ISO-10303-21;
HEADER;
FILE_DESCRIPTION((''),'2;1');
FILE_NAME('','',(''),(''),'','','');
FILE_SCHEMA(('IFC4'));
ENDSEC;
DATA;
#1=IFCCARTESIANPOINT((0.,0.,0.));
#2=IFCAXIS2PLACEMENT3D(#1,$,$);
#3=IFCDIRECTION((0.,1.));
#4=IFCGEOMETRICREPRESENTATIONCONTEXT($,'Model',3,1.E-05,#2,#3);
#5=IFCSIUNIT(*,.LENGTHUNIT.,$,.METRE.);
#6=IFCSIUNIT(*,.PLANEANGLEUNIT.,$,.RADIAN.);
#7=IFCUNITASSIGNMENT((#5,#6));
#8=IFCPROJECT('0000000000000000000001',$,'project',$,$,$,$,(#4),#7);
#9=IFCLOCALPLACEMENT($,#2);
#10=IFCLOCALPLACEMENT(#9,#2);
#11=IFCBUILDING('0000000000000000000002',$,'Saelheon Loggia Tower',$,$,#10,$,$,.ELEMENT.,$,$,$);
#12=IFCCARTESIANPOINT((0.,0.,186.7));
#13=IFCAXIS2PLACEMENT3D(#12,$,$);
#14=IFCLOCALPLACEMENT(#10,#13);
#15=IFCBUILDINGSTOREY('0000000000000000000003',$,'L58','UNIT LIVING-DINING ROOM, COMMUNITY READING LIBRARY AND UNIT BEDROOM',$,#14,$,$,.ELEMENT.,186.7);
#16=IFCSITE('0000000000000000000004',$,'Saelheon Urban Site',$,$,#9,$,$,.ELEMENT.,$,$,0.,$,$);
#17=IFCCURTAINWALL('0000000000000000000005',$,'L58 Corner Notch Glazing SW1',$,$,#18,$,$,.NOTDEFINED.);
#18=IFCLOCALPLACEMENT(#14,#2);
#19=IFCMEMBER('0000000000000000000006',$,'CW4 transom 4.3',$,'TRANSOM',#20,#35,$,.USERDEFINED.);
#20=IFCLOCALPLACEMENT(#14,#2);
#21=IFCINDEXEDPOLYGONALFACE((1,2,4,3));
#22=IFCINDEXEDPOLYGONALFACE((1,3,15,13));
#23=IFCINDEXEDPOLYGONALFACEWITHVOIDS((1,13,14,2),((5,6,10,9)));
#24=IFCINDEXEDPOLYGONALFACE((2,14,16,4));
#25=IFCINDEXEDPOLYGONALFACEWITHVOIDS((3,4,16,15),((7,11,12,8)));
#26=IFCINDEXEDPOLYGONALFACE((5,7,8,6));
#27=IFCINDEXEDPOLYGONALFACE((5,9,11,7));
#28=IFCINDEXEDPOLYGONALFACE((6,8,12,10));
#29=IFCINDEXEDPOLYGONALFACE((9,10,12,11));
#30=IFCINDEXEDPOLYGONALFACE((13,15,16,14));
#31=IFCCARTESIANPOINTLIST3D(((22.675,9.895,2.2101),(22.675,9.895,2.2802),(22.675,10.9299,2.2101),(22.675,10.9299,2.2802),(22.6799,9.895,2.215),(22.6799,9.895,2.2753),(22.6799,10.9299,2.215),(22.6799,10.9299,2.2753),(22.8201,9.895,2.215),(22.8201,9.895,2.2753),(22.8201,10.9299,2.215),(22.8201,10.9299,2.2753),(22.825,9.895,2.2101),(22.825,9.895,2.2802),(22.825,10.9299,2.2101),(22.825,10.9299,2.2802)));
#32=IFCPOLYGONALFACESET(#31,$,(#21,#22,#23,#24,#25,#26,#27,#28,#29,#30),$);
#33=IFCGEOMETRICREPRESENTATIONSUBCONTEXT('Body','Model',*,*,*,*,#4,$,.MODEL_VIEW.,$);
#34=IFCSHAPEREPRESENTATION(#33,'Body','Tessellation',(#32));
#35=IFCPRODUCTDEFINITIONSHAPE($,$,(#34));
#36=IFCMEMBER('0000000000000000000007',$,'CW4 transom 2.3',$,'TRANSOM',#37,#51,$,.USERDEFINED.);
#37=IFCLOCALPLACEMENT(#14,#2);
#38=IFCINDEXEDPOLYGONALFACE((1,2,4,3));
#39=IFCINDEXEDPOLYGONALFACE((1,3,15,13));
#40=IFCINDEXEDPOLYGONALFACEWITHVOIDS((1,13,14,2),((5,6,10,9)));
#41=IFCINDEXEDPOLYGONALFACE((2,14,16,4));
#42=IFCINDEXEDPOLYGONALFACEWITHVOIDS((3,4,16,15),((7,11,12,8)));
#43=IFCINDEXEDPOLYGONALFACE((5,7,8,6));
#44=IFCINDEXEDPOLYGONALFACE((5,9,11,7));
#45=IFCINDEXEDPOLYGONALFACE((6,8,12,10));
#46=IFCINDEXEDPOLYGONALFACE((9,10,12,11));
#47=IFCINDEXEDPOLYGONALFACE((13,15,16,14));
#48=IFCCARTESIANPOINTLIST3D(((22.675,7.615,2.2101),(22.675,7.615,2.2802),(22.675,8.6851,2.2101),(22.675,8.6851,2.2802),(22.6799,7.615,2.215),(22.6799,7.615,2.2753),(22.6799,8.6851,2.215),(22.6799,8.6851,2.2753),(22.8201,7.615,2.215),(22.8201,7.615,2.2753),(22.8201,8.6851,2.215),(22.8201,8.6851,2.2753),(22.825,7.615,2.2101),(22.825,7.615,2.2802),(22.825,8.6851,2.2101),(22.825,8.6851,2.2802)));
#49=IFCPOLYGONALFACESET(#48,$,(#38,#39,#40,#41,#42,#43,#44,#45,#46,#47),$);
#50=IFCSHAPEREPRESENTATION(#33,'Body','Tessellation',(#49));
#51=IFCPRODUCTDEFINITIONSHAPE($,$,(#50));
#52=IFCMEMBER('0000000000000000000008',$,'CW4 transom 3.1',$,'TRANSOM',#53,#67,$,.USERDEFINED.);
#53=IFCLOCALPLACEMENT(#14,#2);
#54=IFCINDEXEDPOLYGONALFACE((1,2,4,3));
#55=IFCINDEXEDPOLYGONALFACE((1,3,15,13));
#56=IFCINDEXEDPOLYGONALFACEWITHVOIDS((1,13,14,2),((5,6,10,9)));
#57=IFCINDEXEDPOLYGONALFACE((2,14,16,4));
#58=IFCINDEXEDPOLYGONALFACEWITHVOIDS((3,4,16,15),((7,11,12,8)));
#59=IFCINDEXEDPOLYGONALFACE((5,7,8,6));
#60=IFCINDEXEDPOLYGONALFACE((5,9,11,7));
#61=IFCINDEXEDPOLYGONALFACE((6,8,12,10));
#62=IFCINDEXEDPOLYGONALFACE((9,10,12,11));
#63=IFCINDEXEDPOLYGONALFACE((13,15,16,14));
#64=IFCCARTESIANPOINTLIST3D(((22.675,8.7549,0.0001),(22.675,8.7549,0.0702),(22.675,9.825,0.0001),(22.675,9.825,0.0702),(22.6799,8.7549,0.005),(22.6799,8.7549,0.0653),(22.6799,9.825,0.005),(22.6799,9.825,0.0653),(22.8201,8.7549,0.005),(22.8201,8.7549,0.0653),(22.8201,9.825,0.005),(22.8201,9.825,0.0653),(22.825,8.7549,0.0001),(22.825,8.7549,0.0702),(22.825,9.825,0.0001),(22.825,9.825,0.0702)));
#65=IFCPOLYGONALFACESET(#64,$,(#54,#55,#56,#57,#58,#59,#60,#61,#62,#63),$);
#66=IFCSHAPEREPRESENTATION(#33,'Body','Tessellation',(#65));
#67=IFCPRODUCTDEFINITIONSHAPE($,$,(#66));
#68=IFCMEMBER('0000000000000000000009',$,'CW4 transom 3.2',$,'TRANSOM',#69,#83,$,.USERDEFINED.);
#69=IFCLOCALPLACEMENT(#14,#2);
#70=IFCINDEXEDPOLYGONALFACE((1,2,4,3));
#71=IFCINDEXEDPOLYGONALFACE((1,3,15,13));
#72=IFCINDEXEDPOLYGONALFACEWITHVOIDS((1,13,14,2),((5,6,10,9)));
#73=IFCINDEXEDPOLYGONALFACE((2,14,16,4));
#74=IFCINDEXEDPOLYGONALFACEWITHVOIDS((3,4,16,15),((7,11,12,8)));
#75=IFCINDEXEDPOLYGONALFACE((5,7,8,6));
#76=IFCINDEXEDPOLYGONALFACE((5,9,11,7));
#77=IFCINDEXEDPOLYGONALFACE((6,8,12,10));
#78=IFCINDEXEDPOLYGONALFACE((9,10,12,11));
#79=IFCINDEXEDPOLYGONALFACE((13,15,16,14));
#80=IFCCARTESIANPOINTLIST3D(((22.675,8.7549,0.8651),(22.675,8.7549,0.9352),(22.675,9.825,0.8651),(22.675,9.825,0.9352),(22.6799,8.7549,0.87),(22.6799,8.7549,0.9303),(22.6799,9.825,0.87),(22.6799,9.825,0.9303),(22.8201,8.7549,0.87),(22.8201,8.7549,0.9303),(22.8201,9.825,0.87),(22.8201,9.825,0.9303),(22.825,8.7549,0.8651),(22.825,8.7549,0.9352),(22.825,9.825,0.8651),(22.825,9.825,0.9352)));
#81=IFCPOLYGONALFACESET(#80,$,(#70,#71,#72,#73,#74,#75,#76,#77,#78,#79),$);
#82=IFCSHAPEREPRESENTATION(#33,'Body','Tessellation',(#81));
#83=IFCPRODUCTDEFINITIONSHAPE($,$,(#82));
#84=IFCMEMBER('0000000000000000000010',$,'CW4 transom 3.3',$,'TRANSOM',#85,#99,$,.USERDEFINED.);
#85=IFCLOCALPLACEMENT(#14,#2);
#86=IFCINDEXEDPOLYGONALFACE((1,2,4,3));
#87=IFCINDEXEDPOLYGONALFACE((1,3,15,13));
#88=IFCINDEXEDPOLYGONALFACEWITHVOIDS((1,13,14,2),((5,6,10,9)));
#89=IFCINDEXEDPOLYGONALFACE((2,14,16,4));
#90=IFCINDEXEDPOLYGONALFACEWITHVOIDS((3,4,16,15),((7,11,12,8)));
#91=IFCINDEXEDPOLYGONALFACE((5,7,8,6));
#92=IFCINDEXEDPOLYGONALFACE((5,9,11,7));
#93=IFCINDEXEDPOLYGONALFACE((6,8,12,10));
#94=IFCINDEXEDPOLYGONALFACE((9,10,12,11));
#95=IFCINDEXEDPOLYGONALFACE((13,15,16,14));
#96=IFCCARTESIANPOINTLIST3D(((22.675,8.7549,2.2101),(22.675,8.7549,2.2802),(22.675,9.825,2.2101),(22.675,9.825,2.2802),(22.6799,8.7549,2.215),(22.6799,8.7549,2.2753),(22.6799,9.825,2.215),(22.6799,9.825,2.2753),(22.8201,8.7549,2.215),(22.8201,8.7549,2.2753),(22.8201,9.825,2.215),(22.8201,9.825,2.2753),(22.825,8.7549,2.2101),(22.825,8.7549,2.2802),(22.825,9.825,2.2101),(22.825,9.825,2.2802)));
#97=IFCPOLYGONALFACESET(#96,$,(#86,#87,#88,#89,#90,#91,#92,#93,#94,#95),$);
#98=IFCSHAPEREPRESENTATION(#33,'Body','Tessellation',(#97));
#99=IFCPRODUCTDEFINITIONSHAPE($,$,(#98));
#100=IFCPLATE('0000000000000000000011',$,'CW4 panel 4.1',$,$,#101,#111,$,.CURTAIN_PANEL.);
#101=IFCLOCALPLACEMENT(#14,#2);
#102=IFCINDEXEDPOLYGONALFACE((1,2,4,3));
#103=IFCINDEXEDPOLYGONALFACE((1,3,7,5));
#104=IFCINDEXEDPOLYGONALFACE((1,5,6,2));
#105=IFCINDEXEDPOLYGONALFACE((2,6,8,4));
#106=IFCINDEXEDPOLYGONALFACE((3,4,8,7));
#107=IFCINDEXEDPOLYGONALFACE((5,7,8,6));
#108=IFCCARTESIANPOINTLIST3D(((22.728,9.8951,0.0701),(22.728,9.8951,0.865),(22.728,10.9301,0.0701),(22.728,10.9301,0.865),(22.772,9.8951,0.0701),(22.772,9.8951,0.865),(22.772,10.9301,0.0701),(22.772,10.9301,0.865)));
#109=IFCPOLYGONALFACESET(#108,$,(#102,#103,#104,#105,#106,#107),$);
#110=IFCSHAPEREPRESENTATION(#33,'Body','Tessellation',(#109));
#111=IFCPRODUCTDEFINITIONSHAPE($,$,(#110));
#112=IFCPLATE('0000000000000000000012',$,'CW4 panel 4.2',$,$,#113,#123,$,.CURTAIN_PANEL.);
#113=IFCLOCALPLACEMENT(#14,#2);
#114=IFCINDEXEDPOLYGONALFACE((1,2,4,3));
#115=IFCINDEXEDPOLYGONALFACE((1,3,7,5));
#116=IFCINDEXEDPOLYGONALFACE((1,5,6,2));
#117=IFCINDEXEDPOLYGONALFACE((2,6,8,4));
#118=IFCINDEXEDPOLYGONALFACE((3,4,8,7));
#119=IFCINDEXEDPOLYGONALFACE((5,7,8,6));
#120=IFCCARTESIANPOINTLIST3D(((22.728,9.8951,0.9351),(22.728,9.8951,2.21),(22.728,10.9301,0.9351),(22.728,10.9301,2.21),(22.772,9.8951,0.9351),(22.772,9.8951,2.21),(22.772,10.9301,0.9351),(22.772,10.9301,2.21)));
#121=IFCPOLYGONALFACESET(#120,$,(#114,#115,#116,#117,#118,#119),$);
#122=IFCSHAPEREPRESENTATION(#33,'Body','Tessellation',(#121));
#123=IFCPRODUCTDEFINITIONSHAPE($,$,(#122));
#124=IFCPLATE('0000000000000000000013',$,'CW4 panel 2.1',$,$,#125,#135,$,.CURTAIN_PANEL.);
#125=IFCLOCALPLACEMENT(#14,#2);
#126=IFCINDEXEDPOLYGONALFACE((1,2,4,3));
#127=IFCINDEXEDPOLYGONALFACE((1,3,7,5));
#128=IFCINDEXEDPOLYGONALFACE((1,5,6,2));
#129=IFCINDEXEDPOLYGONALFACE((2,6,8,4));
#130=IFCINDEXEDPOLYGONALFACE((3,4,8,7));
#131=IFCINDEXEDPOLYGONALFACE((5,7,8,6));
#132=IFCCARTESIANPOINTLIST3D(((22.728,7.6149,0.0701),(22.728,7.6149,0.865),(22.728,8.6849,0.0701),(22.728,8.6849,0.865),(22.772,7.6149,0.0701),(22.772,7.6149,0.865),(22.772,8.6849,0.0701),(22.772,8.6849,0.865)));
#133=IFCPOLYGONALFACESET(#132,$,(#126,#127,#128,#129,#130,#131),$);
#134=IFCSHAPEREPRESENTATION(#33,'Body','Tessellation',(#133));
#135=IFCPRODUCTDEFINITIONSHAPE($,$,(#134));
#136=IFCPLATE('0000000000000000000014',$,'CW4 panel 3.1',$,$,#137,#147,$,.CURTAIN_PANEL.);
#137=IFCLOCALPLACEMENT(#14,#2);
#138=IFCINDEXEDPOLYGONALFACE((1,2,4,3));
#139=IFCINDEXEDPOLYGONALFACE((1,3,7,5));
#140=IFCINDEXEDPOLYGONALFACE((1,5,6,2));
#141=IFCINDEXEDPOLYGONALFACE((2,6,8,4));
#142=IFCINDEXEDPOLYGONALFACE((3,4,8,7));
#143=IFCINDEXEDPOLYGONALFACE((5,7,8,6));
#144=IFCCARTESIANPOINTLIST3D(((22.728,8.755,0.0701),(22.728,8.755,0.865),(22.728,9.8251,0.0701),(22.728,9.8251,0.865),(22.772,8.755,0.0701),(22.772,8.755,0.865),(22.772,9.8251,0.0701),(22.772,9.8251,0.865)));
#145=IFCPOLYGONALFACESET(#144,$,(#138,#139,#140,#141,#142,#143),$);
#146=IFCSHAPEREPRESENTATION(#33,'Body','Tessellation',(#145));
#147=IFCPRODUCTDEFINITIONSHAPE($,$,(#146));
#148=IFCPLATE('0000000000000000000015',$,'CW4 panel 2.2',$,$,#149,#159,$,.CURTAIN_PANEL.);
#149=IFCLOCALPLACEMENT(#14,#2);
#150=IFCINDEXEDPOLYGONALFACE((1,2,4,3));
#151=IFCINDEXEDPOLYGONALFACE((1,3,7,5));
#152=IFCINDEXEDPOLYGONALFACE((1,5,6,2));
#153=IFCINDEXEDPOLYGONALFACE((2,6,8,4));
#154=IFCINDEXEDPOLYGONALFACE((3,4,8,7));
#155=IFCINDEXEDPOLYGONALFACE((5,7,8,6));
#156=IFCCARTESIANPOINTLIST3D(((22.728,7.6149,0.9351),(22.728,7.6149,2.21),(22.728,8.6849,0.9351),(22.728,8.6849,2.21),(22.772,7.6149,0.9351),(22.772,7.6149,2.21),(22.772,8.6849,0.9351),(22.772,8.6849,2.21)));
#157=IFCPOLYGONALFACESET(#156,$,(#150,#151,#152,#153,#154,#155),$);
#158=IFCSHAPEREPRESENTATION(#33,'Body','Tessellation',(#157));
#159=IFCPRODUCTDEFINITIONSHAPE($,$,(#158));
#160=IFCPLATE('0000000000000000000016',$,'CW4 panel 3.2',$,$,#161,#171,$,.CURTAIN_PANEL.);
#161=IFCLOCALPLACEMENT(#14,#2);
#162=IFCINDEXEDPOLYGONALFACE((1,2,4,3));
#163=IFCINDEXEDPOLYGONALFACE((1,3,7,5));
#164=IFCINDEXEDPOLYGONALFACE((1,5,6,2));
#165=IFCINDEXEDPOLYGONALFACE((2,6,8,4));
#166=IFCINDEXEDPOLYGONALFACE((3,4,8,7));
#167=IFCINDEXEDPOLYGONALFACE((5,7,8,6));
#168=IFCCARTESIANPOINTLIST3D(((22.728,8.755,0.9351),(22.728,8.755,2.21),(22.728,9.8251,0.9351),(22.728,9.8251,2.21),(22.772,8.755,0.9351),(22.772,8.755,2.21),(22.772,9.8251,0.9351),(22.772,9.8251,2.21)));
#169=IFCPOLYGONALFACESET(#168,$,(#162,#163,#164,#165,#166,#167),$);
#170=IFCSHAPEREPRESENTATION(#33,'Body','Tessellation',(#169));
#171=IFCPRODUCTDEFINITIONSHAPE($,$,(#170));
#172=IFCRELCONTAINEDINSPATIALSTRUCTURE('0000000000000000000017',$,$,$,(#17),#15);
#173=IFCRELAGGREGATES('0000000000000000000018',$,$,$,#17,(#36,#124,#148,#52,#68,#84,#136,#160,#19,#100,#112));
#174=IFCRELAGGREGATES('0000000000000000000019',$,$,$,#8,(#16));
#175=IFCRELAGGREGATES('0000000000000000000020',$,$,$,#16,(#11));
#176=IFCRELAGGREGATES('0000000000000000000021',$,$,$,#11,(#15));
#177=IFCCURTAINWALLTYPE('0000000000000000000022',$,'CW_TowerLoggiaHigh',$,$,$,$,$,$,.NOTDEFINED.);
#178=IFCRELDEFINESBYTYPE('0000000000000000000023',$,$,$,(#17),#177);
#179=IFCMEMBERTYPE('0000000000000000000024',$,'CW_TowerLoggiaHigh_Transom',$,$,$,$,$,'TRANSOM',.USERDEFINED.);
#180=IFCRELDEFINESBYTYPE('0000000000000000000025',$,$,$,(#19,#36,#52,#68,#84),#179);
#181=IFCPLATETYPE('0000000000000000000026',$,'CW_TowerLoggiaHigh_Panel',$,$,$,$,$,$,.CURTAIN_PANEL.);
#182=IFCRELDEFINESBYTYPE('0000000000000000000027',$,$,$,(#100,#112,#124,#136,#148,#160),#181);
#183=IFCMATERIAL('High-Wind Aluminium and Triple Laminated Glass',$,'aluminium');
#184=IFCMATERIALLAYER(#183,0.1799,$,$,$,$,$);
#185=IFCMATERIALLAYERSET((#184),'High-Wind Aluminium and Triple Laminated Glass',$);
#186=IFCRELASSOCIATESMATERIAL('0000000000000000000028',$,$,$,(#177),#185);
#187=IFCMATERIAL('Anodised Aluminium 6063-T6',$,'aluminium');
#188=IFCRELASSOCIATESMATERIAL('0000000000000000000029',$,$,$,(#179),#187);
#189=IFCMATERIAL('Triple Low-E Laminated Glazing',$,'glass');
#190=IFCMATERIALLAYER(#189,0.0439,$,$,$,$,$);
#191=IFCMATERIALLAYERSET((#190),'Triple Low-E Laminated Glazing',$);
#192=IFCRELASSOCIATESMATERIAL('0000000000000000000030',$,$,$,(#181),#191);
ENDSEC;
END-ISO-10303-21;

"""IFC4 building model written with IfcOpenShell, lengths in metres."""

from ifc_helpers import new_model, si_unit, direction, frame, origin, origin_2d, place, context, subcontext, project, spatial, rectangle, hollow_rectangle, extrude, source, transform, mapped, material, layer, layer_set, material_profile, profile_set, type_object, element, aggregate, save


model = new_model("IFC4")

# Units and contexts
model_context = context("Model", 3, precision=1e-05, world=origin(), true_north=direction((0.0, 1.0)))
body_context = subcontext(model_context, "Body", "Model", "MODEL_VIEW")
ifc_project = project(units=[si_unit("LENGTHUNIT", "METRE"), si_unit("PLANEANGLEUNIT", "RADIAN")], contexts=[model_context])

# Site, building, storey
site_placement = place(None, origin())
site = spatial("IfcSite", under=ifc_project, at=site_placement, Name="Saelheon Urban Site", CompositionType="ELEMENT", RefElevation=0.0)
building_placement = place(site_placement, origin())
building = spatial("IfcBuilding", under=site, at=building_placement, Name="Saelheon Loggia Tower", CompositionType="ELEMENT")
storey_placement = place(building_placement, frame((0.0, 0.0, 186.7)))
storey = spatial("IfcBuildingStorey", under=building, at=storey_placement, Name="L58", Description="UNIT LIVING-DINING ROOM, COMMUNITY READING LIBRARY AND UNIT BEDROOM", CompositionType="ELEMENT", Elevation=186.7)

# Curtain wall, members, plates
ifc_material_1 = material(Name="High-Wind Aluminium and Triple Laminated Glass", Category="aluminium")
ifc_layer_1 = layer(ifc_material_1, 0.1799)
ifc_layer_set_1 = layer_set([ifc_layer_1], Name="High-Wind Aluminium and Triple Laminated Glass")
curtain_wall_type = type_object("IfcCurtainWallType", Name="CW_TowerLoggiaHigh", PredefinedType="NOTDEFINED", material=ifc_layer_set_1)
curtain_wall_placement = place(storey_placement, origin())
curtain_wall = element("IfcCurtainWall", 1, at=curtain_wall_placement, inside=storey, type_object=curtain_wall_type, Name="L58 Corner Notch Glazing SW1", PredefinedType="NOTDEFINED")
ifc_material_2 = material(Name="Anodised Aluminium 6063-T6", Category="aluminium")
ifc_material_profile_1 = material_profile(ifc_material_2, hollow_rectangle(XDim=0.0701, YDim=0.1499, WallThickness=0.0049, at=origin_2d()), Name="RHS-150x70x5")
ifc_profile_set_1 = profile_set([ifc_material_profile_1], Name="Anodised Aluminium 6063-T6")
member_type_1 = type_object("IfcMemberType", Name="CW_TowerLoggiaHigh_Transom", ElementType="TRANSOM", PredefinedType="USERDEFINED", material=ifc_profile_set_1)
shared_shape_1 = source(origin(), body_context, "Body", "SweptSolid", [
    extrude(hollow_rectangle(XDim=0.0701, YDim=0.1499, WallThickness=0.0049, at=origin_2d()), origin(), (0.0, 0.0, 1.0), 1.0349),
])
member_1_placement = place(storey_placement, frame((22.75, 9.895, 2.2451), z_axis=(0.0, 1.0, 0.0), x_axis=(0.0, 0.0, 1.0)))
member_1 = element("IfcMember", 2, at=member_1_placement, type_object=member_type_1, Name="CW4 transom 4.3", ObjectType="TRANSOM", PredefinedType="USERDEFINED", context=body_context, shape_type="MappedRepresentation", body=[
    mapped(shared_shape_1, transform((0.0, 0.0, 0.0), scale=1.0)),
])
shared_shape_2 = source(origin(), body_context, "Body", "SweptSolid", [
    extrude(hollow_rectangle(XDim=0.0701, YDim=0.1499, WallThickness=0.0049, at=origin_2d()), origin(), (0.0, 0.0, 1.0), 1.0701),
])
member_2_placement = place(storey_placement, frame((22.75, 7.615, 2.2451), z_axis=(0.0, 1.0, 0.0), x_axis=(0.0, 0.0, 1.0)))
member_2 = element("IfcMember", 3, at=member_2_placement, type_object=member_type_1, Name="CW4 transom 2.3", ObjectType="TRANSOM", PredefinedType="USERDEFINED", context=body_context, shape_type="MappedRepresentation", body=[
    mapped(shared_shape_2, transform((0.0, 0.0, 0.0), scale=1.0)),
])
member_3_placement = place(storey_placement, frame((22.75, 8.7549, 0.0352), z_axis=(0.0, 1.0, 0.0), x_axis=(0.0, 0.0, 1.0)))
member_3 = element("IfcMember", 4, at=member_3_placement, type_object=member_type_1, Name="CW4 transom 3.1", ObjectType="TRANSOM", PredefinedType="USERDEFINED", context=body_context, shape_type="MappedRepresentation", body=[
    mapped(shared_shape_2, transform((0.0, 0.0, 0.0), scale=1.0)),
])
member_4_placement = place(storey_placement, frame((22.75, 8.7549, 0.9001), z_axis=(0.0, 1.0, 0.0), x_axis=(0.0, 0.0, 1.0)))
member_4 = element("IfcMember", 5, at=member_4_placement, type_object=member_type_1, Name="CW4 transom 3.2", ObjectType="TRANSOM", PredefinedType="USERDEFINED", context=body_context, shape_type="MappedRepresentation", body=[
    mapped(shared_shape_2, transform((0.0, 0.0, 0.0), scale=1.0)),
])
member_5_placement = place(storey_placement, frame((22.75, 8.7549, 2.2451), z_axis=(0.0, 1.0, 0.0), x_axis=(0.0, 0.0, 1.0)))
member_5 = element("IfcMember", 6, at=member_5_placement, type_object=member_type_1, Name="CW4 transom 3.3", ObjectType="TRANSOM", PredefinedType="USERDEFINED", context=body_context, shape_type="MappedRepresentation", body=[
    mapped(shared_shape_2, transform((0.0, 0.0, 0.0), scale=1.0)),
])
ifc_material_3 = material(Name="Triple Low-E Laminated Glazing", Category="glass")
ifc_layer_2 = layer(ifc_material_3, 0.0439)
ifc_layer_set_2 = layer_set([ifc_layer_2], Name="Triple Low-E Laminated Glazing")
plate_type = type_object("IfcPlateType", Name="CW_TowerLoggiaHigh_Panel", PredefinedType="CURTAIN_PANEL", material=ifc_layer_set_2)
shared_shape_3 = source(origin(), body_context, "Body", "SweptSolid", [
    extrude(rectangle(XDim=1.0349, YDim=0.0439, at=origin_2d()), origin(), (0.0, 0.0, 1.0), 0.7949),
])
plate_1_placement = place(storey_placement, frame((22.75, 10.4126, 0.0701), z_axis=(0.0, 0.0, 1.0), x_axis=(0.0, 1.0, 0.0)))
plate_1 = element("IfcPlate", 7, at=plate_1_placement, type_object=plate_type, Name="CW4 panel 4.1", PredefinedType="CURTAIN_PANEL", context=body_context, shape_type="MappedRepresentation", body=[
    mapped(shared_shape_3, transform((0.0, 0.0, 0.0), scale=1.0)),
])
shared_shape_4 = source(origin(), body_context, "Body", "SweptSolid", [
    extrude(rectangle(XDim=1.0349, YDim=0.0439, at=origin_2d()), origin(), (0.0, 0.0, 1.0), 1.2749),
])
plate_2_placement = place(storey_placement, frame((22.75, 10.4126, 0.9351), z_axis=(0.0, 0.0, 1.0), x_axis=(0.0, 1.0, 0.0)))
plate_2 = element("IfcPlate", 8, at=plate_2_placement, type_object=plate_type, Name="CW4 panel 4.2", PredefinedType="CURTAIN_PANEL", context=body_context, shape_type="MappedRepresentation", body=[
    mapped(shared_shape_4, transform((0.0, 0.0, 0.0), scale=1.0)),
])
shared_shape_5 = source(origin(), body_context, "Body", "SweptSolid", [
    extrude(rectangle(XDim=1.0701, YDim=0.0439, at=origin_2d()), origin(), (0.0, 0.0, 1.0), 0.7949),
])
plate_3_placement = place(storey_placement, frame((22.75, 8.1499, 0.0701), z_axis=(0.0, 0.0, 1.0), x_axis=(0.0, 1.0, 0.0)))
plate_3 = element("IfcPlate", 9, at=plate_3_placement, type_object=plate_type, Name="CW4 panel 2.1", PredefinedType="CURTAIN_PANEL", context=body_context, shape_type="MappedRepresentation", body=[
    mapped(shared_shape_5, transform((0.0, 0.0, 0.0), scale=1.0)),
])
plate_4_placement = place(storey_placement, frame((22.75, 9.29, 0.0701), z_axis=(0.0, 0.0, 1.0), x_axis=(0.0, 1.0, 0.0)))
plate_4 = element("IfcPlate", 10, at=plate_4_placement, type_object=plate_type, Name="CW4 panel 3.1", PredefinedType="CURTAIN_PANEL", context=body_context, shape_type="MappedRepresentation", body=[
    mapped(shared_shape_5, transform((0.0, 0.0, 0.0), scale=1.0)),
])
shared_shape_6 = source(origin(), body_context, "Body", "SweptSolid", [
    extrude(rectangle(XDim=1.0701, YDim=0.0439, at=origin_2d()), origin(), (0.0, 0.0, 1.0), 1.2749),
])
plate_5_placement = place(storey_placement, frame((22.75, 8.1499, 0.9351), z_axis=(0.0, 0.0, 1.0), x_axis=(0.0, 1.0, 0.0)))
plate_5 = element("IfcPlate", 11, at=plate_5_placement, type_object=plate_type, Name="CW4 panel 2.2", PredefinedType="CURTAIN_PANEL", context=body_context, shape_type="MappedRepresentation", body=[
    mapped(shared_shape_6, transform((0.0, 0.0, 0.0), scale=1.0)),
])
plate_6_placement = place(storey_placement, frame((22.75, 9.29, 0.9351), z_axis=(0.0, 0.0, 1.0), x_axis=(0.0, 1.0, 0.0)))
plate_6 = element("IfcPlate", 12, at=plate_6_placement, type_object=plate_type, Name="CW4 panel 3.2", PredefinedType="CURTAIN_PANEL", context=body_context, shape_type="MappedRepresentation", body=[
    mapped(shared_shape_6, transform((0.0, 0.0, 0.0), scale=1.0)),
])
aggregate(curtain_wall, [member_2, plate_3, plate_5, member_3, member_4, member_5, plate_4, plate_6, member_1, plate_1, plate_2])

save(model, "model.ifc")
